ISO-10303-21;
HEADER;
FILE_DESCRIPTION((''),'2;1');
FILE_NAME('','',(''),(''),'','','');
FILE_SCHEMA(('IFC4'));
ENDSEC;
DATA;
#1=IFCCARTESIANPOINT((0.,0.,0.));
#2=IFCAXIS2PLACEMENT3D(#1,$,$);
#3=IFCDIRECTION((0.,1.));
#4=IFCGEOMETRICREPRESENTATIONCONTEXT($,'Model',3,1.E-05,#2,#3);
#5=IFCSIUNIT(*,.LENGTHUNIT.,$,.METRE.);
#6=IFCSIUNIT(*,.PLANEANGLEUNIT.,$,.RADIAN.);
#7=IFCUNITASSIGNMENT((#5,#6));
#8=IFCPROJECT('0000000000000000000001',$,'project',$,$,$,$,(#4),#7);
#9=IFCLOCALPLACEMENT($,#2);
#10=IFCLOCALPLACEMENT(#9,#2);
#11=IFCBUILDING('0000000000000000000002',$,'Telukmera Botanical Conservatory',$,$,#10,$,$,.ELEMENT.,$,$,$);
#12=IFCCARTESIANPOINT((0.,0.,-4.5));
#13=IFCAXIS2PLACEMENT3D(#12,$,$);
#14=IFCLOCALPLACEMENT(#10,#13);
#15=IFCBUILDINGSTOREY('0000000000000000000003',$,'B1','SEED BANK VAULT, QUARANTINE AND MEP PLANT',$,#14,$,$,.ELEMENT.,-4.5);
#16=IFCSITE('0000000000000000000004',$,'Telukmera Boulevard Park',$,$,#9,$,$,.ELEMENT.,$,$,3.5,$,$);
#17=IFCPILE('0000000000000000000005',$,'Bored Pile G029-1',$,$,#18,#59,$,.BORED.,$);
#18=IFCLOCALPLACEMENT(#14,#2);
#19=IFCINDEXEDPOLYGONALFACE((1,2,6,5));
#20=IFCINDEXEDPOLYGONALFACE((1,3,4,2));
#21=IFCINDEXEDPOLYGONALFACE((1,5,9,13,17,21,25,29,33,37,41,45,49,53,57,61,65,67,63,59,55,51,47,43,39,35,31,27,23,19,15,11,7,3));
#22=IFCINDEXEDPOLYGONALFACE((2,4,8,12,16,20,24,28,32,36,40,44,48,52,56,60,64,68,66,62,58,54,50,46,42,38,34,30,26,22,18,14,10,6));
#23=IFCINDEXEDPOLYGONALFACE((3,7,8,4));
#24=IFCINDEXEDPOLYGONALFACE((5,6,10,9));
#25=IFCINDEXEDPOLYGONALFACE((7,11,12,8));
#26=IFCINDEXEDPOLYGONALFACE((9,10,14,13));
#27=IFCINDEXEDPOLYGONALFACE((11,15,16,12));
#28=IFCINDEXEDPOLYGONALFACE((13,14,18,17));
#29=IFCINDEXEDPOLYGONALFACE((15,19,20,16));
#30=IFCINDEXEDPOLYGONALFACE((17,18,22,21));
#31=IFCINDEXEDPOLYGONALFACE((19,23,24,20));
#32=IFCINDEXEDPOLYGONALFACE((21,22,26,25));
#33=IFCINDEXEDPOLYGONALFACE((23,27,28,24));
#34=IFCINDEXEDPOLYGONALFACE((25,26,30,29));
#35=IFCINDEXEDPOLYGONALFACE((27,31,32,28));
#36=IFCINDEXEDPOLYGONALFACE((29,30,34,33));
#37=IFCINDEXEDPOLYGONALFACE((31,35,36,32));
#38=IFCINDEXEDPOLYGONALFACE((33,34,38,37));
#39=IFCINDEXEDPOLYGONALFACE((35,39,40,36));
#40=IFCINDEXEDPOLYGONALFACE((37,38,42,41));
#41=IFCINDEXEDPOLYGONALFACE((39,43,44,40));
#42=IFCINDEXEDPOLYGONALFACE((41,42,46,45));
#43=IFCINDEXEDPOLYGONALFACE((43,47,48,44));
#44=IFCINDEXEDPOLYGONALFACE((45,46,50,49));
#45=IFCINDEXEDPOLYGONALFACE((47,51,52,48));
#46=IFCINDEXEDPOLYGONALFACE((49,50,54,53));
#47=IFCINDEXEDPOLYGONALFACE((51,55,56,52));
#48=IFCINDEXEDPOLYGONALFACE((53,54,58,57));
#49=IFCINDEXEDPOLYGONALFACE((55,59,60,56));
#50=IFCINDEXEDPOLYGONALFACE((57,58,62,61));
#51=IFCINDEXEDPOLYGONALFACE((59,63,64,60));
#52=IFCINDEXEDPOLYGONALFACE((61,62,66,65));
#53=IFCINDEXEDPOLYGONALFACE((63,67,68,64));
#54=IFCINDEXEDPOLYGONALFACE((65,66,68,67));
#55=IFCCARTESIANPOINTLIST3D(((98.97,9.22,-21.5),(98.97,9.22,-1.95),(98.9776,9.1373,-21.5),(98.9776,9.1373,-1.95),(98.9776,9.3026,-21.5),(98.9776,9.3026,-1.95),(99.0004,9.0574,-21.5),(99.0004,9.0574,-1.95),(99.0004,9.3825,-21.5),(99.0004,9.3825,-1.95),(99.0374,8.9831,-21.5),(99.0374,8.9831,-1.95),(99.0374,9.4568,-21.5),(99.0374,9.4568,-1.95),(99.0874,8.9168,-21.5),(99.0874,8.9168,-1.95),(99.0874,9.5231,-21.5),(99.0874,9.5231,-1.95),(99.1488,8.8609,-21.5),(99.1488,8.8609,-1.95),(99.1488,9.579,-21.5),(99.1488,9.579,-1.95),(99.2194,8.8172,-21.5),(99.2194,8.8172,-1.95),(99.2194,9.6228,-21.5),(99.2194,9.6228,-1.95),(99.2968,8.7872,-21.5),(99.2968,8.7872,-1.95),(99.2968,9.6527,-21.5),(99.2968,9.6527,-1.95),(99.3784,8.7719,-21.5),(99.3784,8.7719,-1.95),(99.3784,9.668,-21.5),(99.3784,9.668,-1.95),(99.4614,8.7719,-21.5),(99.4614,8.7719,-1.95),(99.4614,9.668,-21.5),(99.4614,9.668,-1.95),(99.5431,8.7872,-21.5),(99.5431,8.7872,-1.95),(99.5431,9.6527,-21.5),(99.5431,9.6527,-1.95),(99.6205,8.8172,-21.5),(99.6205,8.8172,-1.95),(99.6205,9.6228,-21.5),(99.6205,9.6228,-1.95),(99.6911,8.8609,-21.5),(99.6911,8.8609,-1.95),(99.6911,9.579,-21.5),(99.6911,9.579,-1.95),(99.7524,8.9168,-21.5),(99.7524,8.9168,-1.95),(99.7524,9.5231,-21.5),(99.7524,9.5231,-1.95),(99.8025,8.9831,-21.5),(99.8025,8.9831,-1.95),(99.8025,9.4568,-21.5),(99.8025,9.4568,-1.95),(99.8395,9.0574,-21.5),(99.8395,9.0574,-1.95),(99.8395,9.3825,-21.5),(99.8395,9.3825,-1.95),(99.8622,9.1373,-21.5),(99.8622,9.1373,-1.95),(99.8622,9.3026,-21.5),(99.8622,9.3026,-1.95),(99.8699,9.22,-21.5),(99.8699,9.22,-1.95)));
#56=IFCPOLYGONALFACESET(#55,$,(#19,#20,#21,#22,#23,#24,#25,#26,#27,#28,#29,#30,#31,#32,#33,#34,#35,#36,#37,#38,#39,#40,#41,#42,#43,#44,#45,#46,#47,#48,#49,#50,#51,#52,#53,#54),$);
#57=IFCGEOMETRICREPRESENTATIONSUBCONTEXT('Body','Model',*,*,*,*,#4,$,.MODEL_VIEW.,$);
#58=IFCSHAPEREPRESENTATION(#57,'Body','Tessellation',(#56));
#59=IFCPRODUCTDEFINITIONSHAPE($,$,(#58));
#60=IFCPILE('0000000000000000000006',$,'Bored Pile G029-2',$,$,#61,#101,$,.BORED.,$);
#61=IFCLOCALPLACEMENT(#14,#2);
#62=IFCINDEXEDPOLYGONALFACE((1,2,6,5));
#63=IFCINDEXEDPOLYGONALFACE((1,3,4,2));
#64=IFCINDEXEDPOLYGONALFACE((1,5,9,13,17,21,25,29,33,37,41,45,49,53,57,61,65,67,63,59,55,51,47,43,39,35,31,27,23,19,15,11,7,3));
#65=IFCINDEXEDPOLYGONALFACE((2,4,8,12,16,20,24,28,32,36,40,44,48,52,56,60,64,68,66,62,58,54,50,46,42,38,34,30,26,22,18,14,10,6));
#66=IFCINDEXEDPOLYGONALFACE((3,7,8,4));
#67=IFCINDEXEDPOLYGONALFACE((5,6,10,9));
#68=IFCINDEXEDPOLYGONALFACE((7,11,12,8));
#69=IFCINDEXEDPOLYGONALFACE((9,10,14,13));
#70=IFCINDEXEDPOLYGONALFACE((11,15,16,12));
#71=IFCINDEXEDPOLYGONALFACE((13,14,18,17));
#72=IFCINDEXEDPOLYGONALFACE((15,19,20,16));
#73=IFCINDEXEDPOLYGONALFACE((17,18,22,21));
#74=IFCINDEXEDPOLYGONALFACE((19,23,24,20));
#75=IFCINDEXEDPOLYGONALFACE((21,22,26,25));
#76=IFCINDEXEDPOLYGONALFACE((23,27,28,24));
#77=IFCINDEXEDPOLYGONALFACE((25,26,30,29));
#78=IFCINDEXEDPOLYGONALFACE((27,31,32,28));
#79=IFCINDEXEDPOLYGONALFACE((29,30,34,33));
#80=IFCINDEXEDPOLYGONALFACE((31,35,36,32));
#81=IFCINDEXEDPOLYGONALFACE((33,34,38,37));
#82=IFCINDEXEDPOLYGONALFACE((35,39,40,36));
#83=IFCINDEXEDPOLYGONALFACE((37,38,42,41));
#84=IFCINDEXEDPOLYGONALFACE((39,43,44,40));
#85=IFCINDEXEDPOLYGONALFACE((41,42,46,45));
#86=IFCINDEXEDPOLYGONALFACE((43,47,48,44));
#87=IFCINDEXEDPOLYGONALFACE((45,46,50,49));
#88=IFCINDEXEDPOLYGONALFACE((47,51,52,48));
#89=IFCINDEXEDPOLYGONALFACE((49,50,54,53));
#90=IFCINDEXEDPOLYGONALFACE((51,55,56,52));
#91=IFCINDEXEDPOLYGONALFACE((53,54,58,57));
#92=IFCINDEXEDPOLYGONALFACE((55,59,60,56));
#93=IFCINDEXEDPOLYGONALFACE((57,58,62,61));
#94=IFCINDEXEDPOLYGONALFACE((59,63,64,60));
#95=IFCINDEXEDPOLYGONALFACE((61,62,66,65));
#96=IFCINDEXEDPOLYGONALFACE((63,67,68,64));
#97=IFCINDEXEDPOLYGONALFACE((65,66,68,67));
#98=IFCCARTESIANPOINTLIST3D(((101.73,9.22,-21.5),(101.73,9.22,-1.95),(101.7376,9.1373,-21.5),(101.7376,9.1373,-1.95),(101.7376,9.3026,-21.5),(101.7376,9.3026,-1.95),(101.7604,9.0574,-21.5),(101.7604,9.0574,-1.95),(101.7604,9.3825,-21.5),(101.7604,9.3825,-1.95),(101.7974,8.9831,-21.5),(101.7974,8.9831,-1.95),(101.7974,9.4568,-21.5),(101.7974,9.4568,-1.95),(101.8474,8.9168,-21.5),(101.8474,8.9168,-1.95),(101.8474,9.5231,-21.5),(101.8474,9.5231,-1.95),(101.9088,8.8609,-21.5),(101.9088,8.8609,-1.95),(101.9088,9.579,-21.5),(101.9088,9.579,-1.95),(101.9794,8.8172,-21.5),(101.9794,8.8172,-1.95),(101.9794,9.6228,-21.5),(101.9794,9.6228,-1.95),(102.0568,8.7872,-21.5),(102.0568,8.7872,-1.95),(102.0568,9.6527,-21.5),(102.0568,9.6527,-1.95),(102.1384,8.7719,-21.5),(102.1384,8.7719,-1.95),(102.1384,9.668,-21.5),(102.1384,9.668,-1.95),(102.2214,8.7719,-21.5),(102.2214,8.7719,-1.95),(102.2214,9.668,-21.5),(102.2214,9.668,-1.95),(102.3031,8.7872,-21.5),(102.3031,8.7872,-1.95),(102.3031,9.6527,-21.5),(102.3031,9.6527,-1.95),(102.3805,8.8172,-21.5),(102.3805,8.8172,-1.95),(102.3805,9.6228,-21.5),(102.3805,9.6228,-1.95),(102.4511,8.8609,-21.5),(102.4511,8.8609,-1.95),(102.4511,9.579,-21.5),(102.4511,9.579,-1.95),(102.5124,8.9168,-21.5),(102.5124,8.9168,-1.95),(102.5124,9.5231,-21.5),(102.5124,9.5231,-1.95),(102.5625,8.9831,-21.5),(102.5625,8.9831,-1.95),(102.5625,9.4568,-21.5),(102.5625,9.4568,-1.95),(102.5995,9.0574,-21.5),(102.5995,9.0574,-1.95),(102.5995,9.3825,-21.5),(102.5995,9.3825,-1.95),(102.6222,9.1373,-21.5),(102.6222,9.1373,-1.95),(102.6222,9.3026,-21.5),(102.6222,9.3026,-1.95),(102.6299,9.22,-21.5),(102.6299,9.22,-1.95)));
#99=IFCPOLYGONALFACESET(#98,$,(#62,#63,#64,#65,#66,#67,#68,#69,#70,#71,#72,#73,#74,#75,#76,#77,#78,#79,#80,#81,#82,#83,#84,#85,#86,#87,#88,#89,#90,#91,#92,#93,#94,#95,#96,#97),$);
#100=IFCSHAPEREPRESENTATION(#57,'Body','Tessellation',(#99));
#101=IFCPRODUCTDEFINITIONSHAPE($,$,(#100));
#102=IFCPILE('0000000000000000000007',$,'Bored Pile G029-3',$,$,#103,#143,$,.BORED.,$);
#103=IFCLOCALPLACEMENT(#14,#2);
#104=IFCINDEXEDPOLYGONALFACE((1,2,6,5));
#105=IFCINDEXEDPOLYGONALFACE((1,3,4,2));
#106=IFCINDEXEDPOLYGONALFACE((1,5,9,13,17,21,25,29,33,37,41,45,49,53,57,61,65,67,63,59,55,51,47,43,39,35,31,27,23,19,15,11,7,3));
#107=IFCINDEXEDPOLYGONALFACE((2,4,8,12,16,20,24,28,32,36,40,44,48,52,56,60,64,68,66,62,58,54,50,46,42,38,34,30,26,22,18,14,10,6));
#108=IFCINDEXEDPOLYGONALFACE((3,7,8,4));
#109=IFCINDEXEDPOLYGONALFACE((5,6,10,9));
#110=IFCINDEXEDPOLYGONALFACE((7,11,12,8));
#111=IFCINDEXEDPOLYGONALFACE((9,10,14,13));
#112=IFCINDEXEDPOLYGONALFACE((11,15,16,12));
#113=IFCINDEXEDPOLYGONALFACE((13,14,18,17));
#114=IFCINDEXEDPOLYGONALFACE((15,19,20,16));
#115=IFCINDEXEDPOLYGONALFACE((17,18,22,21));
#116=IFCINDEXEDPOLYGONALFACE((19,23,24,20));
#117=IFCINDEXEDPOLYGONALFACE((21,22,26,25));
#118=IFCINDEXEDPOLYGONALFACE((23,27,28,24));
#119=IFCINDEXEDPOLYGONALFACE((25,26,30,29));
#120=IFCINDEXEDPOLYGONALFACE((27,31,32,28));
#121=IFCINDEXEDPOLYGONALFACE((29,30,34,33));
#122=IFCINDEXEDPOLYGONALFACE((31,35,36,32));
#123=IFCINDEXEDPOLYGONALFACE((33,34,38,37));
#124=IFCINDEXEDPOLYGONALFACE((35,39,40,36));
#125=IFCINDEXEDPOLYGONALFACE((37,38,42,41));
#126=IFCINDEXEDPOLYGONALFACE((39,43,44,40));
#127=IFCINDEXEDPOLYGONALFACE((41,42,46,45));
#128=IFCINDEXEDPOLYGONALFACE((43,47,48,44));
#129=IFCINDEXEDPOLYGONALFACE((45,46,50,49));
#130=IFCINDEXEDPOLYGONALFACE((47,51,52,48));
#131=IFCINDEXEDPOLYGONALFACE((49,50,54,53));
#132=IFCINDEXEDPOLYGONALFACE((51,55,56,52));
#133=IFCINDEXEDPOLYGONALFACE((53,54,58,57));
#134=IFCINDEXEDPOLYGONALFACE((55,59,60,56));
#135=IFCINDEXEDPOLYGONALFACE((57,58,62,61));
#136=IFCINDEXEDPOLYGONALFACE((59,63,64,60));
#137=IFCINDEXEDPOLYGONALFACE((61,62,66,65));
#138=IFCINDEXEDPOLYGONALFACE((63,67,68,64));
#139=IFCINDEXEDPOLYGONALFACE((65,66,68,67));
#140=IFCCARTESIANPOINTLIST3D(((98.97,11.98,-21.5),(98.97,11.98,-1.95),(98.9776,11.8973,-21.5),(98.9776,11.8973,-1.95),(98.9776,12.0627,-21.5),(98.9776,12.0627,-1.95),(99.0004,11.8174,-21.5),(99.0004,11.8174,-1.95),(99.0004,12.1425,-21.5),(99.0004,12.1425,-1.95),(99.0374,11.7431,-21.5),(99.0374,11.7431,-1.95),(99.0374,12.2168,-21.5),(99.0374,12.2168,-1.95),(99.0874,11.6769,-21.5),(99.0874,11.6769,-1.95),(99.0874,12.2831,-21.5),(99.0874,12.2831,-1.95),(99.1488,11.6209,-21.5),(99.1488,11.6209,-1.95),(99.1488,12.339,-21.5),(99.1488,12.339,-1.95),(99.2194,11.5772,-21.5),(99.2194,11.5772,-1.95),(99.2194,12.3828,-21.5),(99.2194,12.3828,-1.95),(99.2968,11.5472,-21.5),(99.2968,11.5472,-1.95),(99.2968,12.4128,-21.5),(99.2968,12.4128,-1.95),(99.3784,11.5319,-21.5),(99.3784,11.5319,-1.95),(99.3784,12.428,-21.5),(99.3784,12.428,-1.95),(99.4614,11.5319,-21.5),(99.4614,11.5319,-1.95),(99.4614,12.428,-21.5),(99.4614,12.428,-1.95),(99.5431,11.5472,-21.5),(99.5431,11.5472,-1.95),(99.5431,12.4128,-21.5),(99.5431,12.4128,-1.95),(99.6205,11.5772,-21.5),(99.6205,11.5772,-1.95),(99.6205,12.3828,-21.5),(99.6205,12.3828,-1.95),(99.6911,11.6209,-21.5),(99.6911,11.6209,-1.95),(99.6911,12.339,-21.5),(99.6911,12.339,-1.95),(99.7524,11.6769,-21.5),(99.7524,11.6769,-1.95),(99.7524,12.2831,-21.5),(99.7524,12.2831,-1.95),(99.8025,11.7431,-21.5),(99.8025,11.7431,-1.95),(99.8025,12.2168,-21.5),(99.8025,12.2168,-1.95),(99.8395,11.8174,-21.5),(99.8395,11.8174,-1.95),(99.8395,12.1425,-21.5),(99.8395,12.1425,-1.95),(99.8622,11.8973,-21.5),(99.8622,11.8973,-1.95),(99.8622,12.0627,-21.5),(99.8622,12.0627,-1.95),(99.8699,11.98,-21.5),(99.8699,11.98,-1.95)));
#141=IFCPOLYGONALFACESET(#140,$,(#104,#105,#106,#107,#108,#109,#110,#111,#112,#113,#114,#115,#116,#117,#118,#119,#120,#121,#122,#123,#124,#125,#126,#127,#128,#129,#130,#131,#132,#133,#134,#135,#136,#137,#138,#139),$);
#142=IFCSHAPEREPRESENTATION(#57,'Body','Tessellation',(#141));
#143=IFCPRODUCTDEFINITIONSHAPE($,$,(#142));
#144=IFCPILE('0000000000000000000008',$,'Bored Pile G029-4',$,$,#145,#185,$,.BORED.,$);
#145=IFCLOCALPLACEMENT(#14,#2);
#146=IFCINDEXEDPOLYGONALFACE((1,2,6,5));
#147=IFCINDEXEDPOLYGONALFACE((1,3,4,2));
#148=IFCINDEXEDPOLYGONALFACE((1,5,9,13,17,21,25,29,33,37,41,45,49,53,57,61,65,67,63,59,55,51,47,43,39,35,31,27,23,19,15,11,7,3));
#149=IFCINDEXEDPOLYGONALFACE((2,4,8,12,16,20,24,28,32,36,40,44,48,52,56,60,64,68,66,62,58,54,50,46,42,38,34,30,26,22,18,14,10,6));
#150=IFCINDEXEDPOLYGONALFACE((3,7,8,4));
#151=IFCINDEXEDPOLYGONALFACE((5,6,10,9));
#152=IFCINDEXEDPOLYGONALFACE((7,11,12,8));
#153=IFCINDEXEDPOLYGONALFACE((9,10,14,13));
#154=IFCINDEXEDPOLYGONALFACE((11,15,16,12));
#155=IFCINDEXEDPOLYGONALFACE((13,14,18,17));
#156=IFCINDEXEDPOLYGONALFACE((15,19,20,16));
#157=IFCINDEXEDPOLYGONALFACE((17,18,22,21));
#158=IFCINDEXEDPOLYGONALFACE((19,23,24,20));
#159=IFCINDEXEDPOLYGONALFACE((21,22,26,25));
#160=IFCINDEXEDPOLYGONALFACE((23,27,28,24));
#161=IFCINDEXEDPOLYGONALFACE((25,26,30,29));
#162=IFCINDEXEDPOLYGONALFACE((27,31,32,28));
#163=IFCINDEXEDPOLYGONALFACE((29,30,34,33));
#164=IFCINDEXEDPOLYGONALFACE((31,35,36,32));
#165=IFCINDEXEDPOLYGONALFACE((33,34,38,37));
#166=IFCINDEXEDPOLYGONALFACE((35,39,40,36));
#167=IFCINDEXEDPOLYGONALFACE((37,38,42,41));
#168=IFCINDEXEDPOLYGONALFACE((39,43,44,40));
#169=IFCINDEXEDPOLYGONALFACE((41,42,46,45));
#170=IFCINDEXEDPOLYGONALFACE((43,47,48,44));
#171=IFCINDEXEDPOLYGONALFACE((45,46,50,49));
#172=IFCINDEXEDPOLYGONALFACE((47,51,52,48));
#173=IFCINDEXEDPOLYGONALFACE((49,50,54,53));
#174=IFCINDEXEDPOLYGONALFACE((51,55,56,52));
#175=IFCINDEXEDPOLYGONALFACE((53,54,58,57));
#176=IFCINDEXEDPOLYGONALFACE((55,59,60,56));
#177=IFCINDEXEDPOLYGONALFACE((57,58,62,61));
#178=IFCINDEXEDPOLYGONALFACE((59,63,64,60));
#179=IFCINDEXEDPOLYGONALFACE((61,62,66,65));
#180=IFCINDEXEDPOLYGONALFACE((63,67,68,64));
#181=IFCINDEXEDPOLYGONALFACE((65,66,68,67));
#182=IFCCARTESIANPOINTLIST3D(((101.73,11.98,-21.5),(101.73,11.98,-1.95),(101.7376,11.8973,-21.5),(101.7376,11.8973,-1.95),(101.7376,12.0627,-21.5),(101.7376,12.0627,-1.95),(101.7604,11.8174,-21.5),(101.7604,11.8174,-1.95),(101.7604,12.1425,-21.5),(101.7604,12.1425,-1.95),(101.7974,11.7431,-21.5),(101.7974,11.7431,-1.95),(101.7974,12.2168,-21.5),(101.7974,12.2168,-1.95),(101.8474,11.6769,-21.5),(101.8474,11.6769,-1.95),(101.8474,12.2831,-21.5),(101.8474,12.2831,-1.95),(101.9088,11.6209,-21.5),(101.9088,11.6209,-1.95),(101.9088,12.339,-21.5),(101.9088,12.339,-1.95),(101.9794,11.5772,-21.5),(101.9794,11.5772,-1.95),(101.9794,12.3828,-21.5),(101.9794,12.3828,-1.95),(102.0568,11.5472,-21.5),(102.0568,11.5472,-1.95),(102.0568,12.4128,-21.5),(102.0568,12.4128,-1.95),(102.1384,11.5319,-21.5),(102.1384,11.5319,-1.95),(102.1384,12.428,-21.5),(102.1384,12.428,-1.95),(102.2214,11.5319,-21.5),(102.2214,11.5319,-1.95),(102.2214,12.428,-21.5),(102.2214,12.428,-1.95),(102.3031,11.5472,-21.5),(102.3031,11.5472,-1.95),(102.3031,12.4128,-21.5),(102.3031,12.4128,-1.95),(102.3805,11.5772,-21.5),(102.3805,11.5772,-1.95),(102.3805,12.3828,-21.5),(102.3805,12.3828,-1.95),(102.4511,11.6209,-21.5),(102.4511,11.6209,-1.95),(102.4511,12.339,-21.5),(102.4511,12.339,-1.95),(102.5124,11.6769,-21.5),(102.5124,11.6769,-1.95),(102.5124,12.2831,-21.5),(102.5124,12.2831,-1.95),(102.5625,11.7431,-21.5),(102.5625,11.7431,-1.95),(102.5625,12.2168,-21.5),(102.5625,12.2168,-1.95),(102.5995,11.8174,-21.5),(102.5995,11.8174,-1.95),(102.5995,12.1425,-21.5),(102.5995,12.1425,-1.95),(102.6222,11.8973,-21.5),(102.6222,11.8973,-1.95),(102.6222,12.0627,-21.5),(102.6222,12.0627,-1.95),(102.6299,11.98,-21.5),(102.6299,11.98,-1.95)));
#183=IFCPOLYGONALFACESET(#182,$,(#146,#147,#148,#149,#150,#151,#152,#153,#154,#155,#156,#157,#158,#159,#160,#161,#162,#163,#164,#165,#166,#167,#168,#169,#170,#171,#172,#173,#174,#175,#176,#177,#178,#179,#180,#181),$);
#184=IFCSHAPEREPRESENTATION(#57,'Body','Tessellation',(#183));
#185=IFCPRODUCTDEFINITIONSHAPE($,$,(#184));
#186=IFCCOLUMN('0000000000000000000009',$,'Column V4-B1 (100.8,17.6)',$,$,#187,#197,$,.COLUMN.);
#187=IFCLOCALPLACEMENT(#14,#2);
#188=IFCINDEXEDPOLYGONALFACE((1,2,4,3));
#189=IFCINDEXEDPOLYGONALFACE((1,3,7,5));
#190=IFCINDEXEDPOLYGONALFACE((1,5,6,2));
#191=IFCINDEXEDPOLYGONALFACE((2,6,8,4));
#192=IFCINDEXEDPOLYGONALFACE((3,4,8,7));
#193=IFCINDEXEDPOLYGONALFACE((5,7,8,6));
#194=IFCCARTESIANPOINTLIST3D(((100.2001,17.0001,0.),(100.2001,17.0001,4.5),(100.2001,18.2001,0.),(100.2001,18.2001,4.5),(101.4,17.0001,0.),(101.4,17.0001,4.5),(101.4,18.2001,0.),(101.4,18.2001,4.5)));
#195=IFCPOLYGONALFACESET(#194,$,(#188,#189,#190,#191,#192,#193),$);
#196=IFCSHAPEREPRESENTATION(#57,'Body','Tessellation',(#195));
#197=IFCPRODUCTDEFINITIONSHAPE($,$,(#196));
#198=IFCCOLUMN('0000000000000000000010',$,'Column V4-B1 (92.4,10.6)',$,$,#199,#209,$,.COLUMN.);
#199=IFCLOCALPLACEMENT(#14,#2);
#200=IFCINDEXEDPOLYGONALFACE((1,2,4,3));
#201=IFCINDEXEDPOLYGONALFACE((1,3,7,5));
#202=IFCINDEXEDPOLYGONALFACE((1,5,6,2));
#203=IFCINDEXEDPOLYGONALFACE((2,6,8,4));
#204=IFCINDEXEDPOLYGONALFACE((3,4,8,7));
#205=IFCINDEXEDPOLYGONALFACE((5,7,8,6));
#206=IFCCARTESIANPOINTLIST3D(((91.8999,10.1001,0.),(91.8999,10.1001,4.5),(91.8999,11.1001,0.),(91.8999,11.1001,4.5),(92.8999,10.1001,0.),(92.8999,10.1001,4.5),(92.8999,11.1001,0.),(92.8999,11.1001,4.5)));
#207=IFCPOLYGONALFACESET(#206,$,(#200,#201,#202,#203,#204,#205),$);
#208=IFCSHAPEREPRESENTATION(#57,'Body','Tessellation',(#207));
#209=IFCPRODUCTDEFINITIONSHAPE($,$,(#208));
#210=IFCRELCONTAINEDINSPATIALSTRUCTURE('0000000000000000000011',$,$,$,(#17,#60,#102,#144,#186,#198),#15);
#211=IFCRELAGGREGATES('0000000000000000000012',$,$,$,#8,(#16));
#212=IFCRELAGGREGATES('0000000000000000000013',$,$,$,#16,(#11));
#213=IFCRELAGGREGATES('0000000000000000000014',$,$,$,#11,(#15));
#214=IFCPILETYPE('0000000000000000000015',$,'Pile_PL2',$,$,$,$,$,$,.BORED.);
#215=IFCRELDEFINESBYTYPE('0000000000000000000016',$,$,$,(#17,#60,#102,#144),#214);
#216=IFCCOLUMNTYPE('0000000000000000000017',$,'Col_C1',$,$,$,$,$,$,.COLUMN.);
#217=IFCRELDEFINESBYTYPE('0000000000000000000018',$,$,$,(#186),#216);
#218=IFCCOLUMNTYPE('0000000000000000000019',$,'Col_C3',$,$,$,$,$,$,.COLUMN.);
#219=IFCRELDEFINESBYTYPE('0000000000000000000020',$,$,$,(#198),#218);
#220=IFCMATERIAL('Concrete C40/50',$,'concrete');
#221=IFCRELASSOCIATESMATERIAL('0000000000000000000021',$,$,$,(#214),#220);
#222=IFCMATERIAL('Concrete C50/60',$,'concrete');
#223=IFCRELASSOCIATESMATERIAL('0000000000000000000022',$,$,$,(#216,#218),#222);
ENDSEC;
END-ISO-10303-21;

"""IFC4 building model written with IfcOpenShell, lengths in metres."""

from ifc_helpers import new_model, si_unit, direction, frame, origin, origin_2d, place, context, subcontext, project, spatial, rectangle, circle, extrude, material, material_profile, profile_set, type_object, element, save


model = new_model("IFC4")

# Units and contexts
model_context = context("Model", 3, precision=1e-05, world=origin(), true_north=direction((0.0, 1.0)))
body_context = subcontext(model_context, "Body", "Model", "MODEL_VIEW")
ifc_project = project(units=[si_unit("LENGTHUNIT", "METRE"), si_unit("PLANEANGLEUNIT", "RADIAN")], contexts=[model_context])

# Site, building, storey
site_placement = place(None, origin())
site = spatial("IfcSite", under=ifc_project, at=site_placement, Name="Telukmera Boulevard Park", CompositionType="ELEMENT", RefElevation=3.5)
building_placement = place(site_placement, origin())
building = spatial("IfcBuilding", under=site, at=building_placement, Name="Telukmera Botanical Conservatory", CompositionType="ELEMENT")
storey_placement = place(building_placement, frame((0.0, 0.0, -4.5)))
storey = spatial("IfcBuildingStorey", under=building, at=storey_placement, Name="B1", Description="SEED BANK VAULT, QUARANTINE AND MEP PLANT", CompositionType="ELEMENT", Elevation=-4.5)

# Shared definitions
ifc_material_1 = material(Name="Concrete C50/60", Category="concrete")
ifc_material_2 = material(Name="Concrete C40/50", Category="concrete")

# Piles
ifc_material_profile_1 = material_profile(ifc_material_2, circle(Radius=0.45, at=origin_2d()), Name="PILE D900")
ifc_profile_set_1 = profile_set([ifc_material_profile_1], Name="Concrete C40/50")
pile_type_1 = type_object("IfcPileType", Name="Pile_PL2", PredefinedType="BORED", material=ifc_profile_set_1)
for number, where, z_axis, x_axis, name in (
    (1, (99.4199, 9.22, -1.95), (0.0, 0.0, -1.0), (1.0, 0.0, 0.0), "Bored Pile G029-1"),
    (2, (102.1799, 9.22, -1.95), (0.0, 0.0, -1.0), (1.0, 0.0, 0.0), "Bored Pile G029-2"),
    (3, (99.4199, 11.98, -1.95), (0.0, 0.0, -1.0), (1.0, 0.0, 0.0), "Bored Pile G029-3"),
    (4, (102.1799, 11.98, -1.95), (0.0, 0.0, -1.0), (1.0, 0.0, 0.0), "Bored Pile G029-4"),
):
    element("IfcPile", number, at=place(storey_placement, frame(where, z_axis=z_axis, x_axis=x_axis)), inside=storey, type_object=pile_type_1, Name=name, PredefinedType="BORED", context=body_context, shape_type="SweptSolid", body=[
        extrude(circle(Radius=0.45, at=origin_2d()), origin(), (0.0, 0.0, 1.0), 19.55),
    ])

# Columns
ifc_material_profile_2 = material_profile(ifc_material_1, rectangle(XDim=1.2, YDim=1.2, at=origin_2d()), Name="RC 1200x1200")
ifc_profile_set_2 = profile_set([ifc_material_profile_2], Name="Concrete C50/60")
column_type_1 = type_object("IfcColumnType", Name="Col_C1", PredefinedType="COLUMN", material=ifc_profile_set_2)
column_placement = place(storey_placement, frame((100.8, 17.6001, 0.0), z_axis=(0.0, 0.0, 1.0), x_axis=(1.0, 0.0, 0.0)))
element("IfcColumn", 5, at=column_placement, inside=storey, type_object=column_type_1, Name="Column V4-B1 (100.8,17.6)", PredefinedType="COLUMN", context=body_context, shape_type="SweptSolid", body=[
    extrude(rectangle(XDim=1.2, YDim=1.2, at=origin_2d()), origin(), (0.0, 0.0, 1.0), 4.5),
])
ifc_material_profile_3 = material_profile(ifc_material_1, rectangle(XDim=1.0, YDim=1.0, at=origin_2d()), Name="RC 1000x1000")
ifc_profile_set_3 = profile_set([ifc_material_profile_3], Name="Concrete C50/60")
column_type_2 = type_object("IfcColumnType", Name="Col_C3", PredefinedType="COLUMN", material=ifc_profile_set_3)
for number, where, z_axis, x_axis, name in (
    (6, (92.3999, 10.6001, 0.0), (0.0, 0.0, 1.0), (1.0, 0.0, 0.0), "Column V4-B1 (92.4,10.6)"),
):
    element("IfcColumn", number, at=place(storey_placement, frame(where, z_axis=z_axis, x_axis=x_axis)), inside=storey, type_object=column_type_2, Name=name, PredefinedType="COLUMN", context=body_context, shape_type="SweptSolid", body=[
        extrude(rectangle(XDim=1.0, YDim=1.0, at=origin_2d()), origin(), (0.0, 0.0, 1.0), 4.5),
    ])

save(model, "model.ifc")
